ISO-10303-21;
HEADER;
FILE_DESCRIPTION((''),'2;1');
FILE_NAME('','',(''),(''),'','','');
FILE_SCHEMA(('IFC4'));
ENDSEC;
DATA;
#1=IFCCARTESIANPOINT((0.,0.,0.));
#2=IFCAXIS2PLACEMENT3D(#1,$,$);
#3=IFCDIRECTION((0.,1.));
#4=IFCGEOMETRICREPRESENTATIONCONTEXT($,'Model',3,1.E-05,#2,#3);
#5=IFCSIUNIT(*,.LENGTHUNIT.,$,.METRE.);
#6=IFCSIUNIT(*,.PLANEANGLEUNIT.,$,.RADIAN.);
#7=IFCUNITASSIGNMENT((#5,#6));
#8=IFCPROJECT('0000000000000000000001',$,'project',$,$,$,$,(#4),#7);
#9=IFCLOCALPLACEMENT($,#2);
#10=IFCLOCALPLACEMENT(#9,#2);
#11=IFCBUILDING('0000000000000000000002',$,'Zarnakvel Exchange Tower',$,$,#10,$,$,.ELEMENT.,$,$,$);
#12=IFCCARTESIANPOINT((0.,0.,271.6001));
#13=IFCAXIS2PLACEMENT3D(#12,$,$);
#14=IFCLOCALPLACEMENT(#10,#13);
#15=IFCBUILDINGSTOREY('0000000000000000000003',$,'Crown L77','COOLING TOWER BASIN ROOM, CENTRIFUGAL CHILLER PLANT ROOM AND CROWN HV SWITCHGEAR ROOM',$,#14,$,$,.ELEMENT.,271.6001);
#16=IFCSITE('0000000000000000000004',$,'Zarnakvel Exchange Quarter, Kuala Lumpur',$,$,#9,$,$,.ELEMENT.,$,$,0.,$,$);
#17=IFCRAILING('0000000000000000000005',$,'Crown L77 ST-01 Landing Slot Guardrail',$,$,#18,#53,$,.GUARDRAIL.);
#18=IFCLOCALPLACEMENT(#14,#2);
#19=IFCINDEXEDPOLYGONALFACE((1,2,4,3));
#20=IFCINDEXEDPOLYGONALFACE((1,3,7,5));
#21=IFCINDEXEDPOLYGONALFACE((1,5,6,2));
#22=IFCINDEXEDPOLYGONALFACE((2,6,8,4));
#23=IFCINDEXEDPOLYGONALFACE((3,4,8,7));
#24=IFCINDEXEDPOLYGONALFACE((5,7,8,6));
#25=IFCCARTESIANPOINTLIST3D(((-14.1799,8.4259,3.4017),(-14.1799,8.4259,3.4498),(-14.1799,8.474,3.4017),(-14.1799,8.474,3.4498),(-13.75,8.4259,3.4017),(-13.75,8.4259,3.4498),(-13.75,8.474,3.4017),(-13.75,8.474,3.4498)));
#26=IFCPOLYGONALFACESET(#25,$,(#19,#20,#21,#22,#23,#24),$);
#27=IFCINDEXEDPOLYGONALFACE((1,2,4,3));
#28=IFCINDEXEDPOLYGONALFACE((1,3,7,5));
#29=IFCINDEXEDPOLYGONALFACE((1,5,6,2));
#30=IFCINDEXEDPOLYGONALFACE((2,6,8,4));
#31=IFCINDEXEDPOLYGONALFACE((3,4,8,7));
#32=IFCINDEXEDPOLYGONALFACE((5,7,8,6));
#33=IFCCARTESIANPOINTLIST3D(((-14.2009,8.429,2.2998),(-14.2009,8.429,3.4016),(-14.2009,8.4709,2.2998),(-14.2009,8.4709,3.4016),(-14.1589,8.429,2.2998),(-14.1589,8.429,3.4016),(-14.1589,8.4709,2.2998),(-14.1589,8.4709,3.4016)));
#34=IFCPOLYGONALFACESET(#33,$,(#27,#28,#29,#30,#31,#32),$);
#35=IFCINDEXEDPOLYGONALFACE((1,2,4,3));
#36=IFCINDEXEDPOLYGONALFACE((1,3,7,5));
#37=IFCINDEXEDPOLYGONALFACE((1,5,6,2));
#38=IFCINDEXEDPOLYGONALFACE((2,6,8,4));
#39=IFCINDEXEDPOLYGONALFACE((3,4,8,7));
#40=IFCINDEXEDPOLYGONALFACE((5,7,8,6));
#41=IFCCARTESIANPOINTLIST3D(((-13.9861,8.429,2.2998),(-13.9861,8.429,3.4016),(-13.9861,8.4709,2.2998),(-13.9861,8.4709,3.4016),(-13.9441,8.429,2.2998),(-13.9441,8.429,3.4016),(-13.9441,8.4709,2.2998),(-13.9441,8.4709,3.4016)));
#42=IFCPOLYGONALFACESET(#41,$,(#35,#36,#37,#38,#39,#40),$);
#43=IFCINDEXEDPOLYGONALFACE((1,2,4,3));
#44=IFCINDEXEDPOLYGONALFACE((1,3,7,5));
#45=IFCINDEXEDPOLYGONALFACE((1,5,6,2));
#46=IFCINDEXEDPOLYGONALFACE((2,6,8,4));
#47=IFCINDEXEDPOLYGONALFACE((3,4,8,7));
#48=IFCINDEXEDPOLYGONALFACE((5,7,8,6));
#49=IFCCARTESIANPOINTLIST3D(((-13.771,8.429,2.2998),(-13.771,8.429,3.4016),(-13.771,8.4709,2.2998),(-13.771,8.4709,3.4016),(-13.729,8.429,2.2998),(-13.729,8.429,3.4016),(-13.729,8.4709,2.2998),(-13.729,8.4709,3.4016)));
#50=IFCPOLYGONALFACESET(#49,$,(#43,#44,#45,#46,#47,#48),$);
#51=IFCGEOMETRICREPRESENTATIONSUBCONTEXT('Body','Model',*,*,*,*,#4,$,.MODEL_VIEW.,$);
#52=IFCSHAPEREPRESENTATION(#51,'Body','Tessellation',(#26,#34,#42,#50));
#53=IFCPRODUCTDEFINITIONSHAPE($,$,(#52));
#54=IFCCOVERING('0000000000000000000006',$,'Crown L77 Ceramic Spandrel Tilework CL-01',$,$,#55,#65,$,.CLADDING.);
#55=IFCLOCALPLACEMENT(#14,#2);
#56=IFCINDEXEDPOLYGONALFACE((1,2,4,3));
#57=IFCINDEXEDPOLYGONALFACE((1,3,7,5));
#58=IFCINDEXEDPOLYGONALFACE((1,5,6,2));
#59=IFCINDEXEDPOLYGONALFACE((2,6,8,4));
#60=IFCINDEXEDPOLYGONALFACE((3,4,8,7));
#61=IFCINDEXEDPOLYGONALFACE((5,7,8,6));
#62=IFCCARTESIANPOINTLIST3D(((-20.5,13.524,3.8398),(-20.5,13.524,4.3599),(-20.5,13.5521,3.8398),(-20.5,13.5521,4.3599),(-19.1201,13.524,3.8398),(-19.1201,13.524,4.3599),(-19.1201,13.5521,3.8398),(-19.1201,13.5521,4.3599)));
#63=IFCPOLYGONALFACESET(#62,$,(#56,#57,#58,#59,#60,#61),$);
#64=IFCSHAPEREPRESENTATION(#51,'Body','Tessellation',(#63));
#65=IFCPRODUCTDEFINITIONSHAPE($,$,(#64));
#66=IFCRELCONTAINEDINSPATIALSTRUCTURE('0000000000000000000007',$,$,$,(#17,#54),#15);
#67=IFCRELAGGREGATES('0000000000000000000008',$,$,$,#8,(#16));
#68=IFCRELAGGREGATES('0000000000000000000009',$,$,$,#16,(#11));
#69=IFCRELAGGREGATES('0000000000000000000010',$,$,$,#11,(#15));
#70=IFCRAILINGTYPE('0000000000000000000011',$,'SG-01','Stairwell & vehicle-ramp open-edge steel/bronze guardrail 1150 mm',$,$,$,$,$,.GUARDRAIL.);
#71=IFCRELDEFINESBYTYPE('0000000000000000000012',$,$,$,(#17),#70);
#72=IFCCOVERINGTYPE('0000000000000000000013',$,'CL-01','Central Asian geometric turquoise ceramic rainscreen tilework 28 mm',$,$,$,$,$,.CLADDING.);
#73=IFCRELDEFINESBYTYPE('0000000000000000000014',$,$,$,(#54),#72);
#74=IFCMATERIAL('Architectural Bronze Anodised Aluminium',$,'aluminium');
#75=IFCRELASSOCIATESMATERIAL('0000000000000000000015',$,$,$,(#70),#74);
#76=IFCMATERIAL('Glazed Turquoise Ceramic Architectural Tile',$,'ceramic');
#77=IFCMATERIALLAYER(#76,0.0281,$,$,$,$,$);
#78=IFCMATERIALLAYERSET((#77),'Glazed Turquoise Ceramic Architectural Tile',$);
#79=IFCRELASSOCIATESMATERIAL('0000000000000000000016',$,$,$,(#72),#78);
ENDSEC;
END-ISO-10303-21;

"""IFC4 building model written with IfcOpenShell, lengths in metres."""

from ifc_helpers import new_model, si_unit, direction, frame, origin, origin_2d, place, context, subcontext, project, spatial, rectangle, extrude, source, transform, mapped, material, layer, layer_set, type_object, element, save


model = new_model("IFC4")

# Units and contexts
model_context = context("Model", 3, precision=1e-05, world=origin(), true_north=direction((0.0, 1.0)))
body_context = subcontext(model_context, "Body", "Model", "MODEL_VIEW")
ifc_project = project(units=[si_unit("LENGTHUNIT", "METRE"), si_unit("PLANEANGLEUNIT", "RADIAN")], contexts=[model_context])

# Site, building, storey
site_placement = place(None, origin())
site = spatial("IfcSite", under=ifc_project, at=site_placement, Name="Zarnakvel Exchange Quarter, Kuala Lumpur", CompositionType="ELEMENT", RefElevation=0.0)
building_placement = place(site_placement, origin())
building = spatial("IfcBuilding", under=site, at=building_placement, Name="Zarnakvel Exchange Tower", CompositionType="ELEMENT")
storey_placement = place(building_placement, frame((0.0, 0.0, 271.6001)))
storey = spatial("IfcBuildingStorey", under=building, at=storey_placement, Name="Crown L77", Description="COOLING TOWER BASIN ROOM, CENTRIFUGAL CHILLER PLANT ROOM AND CROWN HV SWITCHGEAR ROOM", CompositionType="ELEMENT", Elevation=271.6001)

# Shared definitions
ifc_material_1 = material(Name="Architectural Bronze Anodised Aluminium", Category="aluminium")

# Railing
railing_type_1 = type_object("IfcRailingType", Name="SG-01", Description="Stairwell & vehicle-ramp open-edge steel/bronze guardrail 1150 mm", PredefinedType="GUARDRAIL", material=ifc_material_1)
railing_1_placement = place(storey_placement, frame((-14.1799, 8.45, 2.2998)))
element("IfcRailing", 1, at=railing_1_placement, inside=storey, type_object=railing_type_1, Name="Crown L77 ST-01 Landing Slot Guardrail", PredefinedType="GUARDRAIL", context=body_context, shape_type="SweptSolid", body=[
    extrude(rectangle(XDim=0.0481, YDim=0.0481, at=origin_2d()), frame((0.0, 0.0, 1.126), z_axis=(1.0, 0.0, 0.0), x_axis=(0.0, 1.0, 0.0)), (0.0, 0.0, 1.0), 0.4299),
    extrude(rectangle(XDim=0.042, YDim=0.042, at=origin_2d()), origin(), (0.0, 0.0, 1.0), 1.1018),
    extrude(rectangle(XDim=0.042, YDim=0.042, at=origin_2d()), frame((0.2148, 0.0, 0.0)), (0.0, 0.0, 1.0), 1.1018),
    extrude(rectangle(XDim=0.042, YDim=0.042, at=origin_2d()), frame((0.4299, 0.0, 0.0)), (0.0, 0.0, 1.0), 1.1018),
])

# Covering
ifc_material_2 = material(Name="Glazed Turquoise Ceramic Architectural Tile", Category="ceramic")
ifc_layer_1 = layer(ifc_material_2, 0.0281)
ifc_layer_set_1 = layer_set([ifc_layer_1], Name="Glazed Turquoise Ceramic Architectural Tile")
covering_type = type_object("IfcCoveringType", Name="CL-01", Description="Central Asian geometric turquoise ceramic rainscreen tilework 28 mm", PredefinedType="CLADDING", material=ifc_layer_set_1)
shared_shape_1 = source(origin(), body_context, "Body", "SweptSolid", [
    extrude(rectangle(XDim=1.3799, YDim=0.0281, at=origin_2d()), origin(), (0.0, 0.0, 1.0), 0.52),
])
covering_placement = place(storey_placement, frame((-19.8101, 13.5381, 3.8398), z_axis=(0.0, 0.0, 1.0), x_axis=(-1.0, 0.0, 0.0)))
element("IfcCovering", 2, at=covering_placement, inside=storey, type_object=covering_type, Name="Crown L77 Ceramic Spandrel Tilework CL-01", PredefinedType="CLADDING", context=body_context, shape_type="MappedRepresentation", body=[
    mapped(shared_shape_1, transform((0.0, 0.0, 0.0), x_axis=(1.0, 0.0, 0.0), y_axis=(0.0, 1.0, 0.0), z_axis=(0.0, 0.0, 1.0), scale=1.0)),
])

save(model, "model.ifc")
